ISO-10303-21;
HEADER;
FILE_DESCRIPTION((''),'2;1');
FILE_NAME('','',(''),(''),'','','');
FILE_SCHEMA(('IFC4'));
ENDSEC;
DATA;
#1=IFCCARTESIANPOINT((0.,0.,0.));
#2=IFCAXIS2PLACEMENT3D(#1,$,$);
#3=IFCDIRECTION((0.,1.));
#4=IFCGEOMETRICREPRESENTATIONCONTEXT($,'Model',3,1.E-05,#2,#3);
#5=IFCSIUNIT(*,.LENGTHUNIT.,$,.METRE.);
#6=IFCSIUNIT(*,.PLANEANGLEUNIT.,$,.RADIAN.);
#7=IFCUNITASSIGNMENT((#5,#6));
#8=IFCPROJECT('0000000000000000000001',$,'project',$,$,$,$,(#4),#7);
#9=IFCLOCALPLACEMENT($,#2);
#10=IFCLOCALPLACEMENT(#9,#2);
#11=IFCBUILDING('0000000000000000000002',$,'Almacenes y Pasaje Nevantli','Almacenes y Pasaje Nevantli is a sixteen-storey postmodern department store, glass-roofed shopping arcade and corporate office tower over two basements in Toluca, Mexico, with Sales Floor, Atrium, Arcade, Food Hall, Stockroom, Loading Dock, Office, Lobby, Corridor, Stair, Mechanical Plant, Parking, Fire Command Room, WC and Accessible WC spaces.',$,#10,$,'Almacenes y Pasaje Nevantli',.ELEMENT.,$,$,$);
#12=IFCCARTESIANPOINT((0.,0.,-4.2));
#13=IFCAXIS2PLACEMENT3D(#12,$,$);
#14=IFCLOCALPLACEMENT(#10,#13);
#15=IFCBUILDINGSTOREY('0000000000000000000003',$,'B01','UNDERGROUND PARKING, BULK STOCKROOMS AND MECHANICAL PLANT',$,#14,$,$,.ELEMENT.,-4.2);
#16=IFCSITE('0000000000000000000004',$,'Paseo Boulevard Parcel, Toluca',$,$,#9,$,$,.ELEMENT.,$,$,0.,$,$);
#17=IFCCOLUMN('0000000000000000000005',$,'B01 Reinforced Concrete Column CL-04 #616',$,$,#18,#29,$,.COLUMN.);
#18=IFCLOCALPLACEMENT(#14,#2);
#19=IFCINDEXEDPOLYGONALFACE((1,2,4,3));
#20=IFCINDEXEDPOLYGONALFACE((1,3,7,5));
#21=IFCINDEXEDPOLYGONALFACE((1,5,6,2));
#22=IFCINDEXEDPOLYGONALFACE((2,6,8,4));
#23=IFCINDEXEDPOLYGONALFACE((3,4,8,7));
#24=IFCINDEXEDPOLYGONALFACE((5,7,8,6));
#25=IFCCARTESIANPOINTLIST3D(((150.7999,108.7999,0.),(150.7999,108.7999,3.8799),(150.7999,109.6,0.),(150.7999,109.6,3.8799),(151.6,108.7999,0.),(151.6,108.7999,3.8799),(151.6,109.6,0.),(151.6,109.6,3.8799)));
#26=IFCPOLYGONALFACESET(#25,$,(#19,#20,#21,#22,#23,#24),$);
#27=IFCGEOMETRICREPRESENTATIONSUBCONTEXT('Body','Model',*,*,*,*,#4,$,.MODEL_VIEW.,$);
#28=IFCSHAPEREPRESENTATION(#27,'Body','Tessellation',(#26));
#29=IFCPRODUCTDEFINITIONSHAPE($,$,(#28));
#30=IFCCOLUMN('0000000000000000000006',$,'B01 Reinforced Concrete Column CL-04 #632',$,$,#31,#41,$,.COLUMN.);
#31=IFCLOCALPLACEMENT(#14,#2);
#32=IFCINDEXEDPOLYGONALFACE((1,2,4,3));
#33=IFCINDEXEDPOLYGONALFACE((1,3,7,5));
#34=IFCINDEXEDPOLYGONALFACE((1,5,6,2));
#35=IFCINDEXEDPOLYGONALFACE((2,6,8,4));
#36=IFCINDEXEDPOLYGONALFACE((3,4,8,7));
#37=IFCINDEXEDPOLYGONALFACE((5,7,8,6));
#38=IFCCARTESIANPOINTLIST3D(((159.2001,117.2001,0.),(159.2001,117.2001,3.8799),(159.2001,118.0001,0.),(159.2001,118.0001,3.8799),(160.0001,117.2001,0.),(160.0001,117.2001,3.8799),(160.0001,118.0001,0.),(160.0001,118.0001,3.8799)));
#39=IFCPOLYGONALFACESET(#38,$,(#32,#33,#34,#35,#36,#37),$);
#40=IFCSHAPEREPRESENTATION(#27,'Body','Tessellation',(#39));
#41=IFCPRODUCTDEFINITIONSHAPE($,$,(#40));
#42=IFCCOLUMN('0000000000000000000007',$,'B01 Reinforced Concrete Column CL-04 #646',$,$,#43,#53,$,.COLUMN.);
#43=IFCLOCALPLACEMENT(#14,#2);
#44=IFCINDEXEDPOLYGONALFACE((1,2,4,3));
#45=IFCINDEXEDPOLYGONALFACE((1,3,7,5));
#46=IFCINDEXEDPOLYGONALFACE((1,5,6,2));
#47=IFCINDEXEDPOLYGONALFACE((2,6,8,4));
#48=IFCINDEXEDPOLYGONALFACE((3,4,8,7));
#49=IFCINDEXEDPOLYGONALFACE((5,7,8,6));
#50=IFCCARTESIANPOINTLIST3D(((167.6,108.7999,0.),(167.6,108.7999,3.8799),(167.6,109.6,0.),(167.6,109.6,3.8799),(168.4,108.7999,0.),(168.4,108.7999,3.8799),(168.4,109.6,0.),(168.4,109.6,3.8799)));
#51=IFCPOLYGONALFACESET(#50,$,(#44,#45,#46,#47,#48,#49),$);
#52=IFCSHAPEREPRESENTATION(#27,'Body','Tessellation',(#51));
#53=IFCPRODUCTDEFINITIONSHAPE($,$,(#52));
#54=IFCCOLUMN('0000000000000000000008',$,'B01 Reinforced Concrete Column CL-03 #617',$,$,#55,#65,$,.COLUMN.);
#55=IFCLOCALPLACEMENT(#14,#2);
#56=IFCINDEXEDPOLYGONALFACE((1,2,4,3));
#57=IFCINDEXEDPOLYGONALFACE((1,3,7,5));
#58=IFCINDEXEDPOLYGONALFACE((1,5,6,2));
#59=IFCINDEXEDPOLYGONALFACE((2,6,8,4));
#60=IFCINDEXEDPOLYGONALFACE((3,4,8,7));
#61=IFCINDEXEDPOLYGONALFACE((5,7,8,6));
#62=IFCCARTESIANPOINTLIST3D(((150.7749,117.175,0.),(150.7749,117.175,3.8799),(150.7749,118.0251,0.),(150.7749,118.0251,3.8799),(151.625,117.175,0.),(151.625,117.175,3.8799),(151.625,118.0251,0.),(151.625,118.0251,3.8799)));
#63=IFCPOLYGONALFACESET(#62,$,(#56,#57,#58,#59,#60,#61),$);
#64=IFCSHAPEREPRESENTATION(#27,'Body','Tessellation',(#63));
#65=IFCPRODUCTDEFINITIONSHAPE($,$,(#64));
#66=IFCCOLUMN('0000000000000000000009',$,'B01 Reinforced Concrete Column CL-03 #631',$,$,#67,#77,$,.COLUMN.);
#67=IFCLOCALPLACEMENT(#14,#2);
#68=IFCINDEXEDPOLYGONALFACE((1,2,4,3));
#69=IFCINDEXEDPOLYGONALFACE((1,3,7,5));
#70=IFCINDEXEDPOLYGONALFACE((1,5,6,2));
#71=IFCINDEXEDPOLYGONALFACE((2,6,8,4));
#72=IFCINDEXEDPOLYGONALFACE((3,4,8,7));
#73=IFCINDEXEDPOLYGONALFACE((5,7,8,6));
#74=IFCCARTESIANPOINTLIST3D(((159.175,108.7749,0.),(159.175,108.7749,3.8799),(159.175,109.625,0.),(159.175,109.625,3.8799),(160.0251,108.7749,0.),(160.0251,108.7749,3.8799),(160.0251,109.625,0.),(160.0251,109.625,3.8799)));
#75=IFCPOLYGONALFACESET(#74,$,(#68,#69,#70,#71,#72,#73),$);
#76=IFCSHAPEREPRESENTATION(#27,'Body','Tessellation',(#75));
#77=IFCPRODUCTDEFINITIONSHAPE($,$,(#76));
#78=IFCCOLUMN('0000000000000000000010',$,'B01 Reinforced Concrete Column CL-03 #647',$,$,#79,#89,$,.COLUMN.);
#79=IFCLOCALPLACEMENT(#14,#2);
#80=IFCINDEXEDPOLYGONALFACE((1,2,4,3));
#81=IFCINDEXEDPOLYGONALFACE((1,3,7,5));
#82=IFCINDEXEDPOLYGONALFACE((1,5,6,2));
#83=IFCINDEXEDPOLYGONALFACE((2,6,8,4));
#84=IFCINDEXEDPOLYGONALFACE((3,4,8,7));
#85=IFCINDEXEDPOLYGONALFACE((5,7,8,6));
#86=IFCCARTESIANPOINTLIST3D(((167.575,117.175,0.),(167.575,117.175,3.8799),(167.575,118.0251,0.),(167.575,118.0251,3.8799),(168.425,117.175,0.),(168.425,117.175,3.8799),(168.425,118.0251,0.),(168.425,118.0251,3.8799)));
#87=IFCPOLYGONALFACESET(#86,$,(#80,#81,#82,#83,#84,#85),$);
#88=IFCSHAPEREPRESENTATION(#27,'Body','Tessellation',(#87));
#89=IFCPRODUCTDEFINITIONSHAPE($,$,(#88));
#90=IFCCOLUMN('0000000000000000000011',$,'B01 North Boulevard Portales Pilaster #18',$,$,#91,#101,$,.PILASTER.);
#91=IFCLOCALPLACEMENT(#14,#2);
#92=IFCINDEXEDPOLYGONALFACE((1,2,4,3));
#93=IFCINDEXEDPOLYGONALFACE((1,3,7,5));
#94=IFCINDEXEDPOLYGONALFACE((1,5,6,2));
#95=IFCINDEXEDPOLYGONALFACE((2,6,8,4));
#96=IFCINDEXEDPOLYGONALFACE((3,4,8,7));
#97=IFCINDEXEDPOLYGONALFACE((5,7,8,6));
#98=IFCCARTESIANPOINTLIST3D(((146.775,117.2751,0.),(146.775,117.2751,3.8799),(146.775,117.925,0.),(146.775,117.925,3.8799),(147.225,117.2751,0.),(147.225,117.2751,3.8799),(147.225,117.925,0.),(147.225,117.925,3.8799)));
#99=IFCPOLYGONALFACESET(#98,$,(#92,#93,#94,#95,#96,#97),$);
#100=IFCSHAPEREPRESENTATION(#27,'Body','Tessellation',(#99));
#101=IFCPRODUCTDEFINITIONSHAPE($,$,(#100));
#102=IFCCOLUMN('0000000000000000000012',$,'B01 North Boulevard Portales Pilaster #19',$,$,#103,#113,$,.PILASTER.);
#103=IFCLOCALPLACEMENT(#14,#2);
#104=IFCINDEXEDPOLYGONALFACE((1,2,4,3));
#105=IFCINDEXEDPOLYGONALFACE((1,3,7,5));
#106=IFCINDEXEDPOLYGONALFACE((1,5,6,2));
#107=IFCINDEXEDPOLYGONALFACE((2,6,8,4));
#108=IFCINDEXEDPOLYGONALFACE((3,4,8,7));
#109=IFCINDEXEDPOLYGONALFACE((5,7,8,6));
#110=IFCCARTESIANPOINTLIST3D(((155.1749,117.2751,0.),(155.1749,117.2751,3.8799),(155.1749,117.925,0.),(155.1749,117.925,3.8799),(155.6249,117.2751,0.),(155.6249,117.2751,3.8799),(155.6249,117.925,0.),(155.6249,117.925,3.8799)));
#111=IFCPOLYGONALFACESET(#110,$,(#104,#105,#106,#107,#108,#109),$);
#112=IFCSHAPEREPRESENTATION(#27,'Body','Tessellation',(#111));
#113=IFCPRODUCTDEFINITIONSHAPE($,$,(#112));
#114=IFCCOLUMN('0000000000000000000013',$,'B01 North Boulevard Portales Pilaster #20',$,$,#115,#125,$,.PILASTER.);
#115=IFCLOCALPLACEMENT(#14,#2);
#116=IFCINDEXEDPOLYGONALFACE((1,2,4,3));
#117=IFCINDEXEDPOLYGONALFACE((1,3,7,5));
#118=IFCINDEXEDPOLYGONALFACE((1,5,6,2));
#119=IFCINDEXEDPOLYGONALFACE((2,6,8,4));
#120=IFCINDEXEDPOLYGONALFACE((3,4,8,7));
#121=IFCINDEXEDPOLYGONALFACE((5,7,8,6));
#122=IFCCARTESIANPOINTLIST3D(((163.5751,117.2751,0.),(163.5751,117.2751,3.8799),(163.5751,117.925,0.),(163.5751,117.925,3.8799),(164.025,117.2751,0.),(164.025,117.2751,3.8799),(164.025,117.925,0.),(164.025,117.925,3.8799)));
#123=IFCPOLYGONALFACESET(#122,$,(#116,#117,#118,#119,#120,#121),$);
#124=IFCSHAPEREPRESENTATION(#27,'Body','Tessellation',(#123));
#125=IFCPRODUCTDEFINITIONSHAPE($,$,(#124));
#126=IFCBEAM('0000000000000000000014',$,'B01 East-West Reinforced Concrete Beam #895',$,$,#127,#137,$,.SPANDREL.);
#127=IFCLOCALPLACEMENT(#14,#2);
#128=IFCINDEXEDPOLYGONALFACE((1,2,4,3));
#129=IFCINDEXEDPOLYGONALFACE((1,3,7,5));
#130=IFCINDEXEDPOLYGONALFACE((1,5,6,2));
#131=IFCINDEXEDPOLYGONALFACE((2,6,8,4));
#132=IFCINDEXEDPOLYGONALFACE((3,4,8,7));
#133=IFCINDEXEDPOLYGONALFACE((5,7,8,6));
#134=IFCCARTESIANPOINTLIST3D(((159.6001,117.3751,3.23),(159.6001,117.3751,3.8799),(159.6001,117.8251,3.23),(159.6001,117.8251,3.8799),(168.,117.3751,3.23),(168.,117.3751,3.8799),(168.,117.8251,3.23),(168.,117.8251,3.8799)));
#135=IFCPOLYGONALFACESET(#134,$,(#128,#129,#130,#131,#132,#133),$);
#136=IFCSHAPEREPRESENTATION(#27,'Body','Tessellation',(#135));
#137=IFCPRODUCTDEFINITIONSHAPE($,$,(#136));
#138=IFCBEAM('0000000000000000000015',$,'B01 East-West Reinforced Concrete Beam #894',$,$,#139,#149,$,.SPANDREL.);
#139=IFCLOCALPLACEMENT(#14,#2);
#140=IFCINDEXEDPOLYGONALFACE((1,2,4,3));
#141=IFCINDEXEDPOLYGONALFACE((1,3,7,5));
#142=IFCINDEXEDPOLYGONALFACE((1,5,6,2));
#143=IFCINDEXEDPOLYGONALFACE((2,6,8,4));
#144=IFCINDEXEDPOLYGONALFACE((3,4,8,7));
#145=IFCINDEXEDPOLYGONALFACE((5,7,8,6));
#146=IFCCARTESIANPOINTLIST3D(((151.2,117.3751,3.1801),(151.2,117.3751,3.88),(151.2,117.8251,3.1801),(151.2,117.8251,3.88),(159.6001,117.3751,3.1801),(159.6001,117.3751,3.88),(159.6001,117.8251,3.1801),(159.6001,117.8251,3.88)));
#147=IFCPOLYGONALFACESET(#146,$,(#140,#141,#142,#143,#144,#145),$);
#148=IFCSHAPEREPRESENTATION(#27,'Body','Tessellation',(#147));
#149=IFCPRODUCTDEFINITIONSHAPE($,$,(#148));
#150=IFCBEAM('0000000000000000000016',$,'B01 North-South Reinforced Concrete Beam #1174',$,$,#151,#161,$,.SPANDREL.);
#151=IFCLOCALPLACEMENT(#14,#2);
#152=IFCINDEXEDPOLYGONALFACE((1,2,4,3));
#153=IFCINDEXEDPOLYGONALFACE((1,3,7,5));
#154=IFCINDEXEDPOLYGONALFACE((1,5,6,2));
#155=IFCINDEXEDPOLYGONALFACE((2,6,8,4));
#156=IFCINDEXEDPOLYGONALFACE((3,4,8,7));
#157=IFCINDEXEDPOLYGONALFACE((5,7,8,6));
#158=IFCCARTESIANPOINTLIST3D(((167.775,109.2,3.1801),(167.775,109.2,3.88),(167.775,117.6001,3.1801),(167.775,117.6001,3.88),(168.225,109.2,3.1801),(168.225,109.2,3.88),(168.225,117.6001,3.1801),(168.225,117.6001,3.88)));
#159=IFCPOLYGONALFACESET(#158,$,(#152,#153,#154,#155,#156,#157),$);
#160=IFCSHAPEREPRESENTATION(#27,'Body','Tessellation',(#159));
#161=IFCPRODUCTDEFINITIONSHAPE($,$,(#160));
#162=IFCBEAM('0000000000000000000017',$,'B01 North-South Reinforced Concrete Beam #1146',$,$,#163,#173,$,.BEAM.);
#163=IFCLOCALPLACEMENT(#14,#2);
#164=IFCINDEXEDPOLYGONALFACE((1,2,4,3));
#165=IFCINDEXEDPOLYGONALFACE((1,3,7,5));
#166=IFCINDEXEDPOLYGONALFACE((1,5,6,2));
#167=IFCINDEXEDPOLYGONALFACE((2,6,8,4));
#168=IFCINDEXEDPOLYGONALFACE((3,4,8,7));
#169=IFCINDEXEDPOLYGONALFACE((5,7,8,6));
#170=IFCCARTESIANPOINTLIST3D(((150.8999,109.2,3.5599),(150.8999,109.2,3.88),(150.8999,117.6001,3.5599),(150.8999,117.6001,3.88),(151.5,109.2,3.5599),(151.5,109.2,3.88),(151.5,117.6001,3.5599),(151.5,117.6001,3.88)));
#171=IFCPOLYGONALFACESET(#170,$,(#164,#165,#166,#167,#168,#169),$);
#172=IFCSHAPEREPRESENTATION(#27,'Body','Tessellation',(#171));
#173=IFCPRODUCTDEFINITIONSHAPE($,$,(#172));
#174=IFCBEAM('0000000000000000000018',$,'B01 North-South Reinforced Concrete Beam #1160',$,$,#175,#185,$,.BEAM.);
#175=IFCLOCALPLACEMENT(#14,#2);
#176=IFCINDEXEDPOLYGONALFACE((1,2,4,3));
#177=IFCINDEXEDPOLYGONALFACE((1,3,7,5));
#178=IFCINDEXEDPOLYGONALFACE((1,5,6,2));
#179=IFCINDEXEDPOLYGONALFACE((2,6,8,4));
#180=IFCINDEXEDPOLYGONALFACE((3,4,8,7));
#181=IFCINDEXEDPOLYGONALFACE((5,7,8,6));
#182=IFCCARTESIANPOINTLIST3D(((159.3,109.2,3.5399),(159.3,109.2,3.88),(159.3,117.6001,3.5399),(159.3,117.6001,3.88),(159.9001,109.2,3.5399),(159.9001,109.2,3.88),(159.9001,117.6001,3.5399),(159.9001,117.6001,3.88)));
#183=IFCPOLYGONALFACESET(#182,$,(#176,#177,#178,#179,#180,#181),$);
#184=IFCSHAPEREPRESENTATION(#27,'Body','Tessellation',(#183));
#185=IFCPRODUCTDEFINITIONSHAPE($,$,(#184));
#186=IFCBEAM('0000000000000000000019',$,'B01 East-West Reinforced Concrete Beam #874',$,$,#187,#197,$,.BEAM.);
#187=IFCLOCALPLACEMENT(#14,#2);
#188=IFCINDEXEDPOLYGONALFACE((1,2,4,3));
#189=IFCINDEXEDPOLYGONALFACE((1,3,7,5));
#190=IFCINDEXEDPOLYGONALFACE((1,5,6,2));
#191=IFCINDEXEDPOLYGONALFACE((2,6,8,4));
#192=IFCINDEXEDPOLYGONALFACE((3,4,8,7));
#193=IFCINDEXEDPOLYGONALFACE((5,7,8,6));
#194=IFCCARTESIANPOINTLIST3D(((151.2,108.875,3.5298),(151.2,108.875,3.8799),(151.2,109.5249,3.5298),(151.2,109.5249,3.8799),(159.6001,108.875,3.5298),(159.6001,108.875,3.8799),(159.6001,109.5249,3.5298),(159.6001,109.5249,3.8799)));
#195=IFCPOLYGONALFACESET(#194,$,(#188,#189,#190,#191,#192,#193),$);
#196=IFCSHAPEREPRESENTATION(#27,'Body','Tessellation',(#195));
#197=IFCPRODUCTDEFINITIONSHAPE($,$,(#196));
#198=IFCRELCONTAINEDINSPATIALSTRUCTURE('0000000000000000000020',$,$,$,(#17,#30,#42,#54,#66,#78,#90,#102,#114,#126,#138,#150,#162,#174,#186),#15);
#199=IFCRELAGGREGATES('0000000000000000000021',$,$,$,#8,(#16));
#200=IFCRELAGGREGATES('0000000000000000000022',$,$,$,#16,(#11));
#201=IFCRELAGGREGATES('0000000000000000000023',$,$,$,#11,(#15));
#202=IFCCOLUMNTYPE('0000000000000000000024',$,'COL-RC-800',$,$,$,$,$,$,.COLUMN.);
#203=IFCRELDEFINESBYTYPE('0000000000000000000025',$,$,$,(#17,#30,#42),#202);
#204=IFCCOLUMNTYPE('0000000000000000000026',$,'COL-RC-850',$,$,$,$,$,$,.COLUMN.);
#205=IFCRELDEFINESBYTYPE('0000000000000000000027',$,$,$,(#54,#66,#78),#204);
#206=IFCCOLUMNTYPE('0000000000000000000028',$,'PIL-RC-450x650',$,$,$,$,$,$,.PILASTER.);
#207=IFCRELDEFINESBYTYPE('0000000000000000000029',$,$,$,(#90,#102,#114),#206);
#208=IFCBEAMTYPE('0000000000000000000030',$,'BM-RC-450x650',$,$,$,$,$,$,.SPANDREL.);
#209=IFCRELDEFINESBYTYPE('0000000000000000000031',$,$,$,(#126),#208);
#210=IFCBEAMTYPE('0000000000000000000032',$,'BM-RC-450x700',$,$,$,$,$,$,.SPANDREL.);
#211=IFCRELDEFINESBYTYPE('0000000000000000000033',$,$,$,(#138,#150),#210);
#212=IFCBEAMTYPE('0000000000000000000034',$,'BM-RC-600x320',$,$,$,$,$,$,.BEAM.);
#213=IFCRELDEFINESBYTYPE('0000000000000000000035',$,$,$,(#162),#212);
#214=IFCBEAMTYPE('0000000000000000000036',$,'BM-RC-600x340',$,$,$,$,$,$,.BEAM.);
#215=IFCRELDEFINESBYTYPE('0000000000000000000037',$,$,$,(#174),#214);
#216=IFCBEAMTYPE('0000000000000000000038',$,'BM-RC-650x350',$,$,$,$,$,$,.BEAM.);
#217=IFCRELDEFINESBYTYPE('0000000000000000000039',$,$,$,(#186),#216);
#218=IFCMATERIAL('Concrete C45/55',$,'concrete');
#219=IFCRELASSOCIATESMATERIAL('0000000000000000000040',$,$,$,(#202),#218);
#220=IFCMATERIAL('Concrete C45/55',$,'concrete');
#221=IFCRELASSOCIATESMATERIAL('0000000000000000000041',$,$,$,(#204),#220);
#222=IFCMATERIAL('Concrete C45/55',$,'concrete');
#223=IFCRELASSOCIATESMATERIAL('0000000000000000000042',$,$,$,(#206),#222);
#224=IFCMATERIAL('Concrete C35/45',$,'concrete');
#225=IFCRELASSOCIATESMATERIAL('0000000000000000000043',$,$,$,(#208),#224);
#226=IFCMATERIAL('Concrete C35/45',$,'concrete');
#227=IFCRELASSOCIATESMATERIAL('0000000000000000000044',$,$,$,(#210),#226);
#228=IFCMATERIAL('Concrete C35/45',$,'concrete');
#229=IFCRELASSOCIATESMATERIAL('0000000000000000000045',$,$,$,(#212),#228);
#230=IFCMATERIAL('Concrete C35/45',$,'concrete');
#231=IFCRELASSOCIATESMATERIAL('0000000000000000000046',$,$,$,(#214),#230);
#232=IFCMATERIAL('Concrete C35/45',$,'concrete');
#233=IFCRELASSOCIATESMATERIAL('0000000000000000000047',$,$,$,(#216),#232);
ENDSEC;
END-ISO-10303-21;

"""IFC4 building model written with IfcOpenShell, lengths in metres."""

from ifc_helpers import new_model, si_unit, direction, frame, origin, origin_2d, place, context, subcontext, project, spatial, rectangle, extrude, material, material_profile, profile_set, type_object, element, save


model = new_model("IFC4")

# Units and contexts
model_context = context("Model", 3, precision=1e-05, world=origin(), true_north=direction((0.0, 1.0)))
body_context = subcontext(model_context, "Body", "Model", "MODEL_VIEW")
ifc_project = project(units=[si_unit("LENGTHUNIT", "METRE"), si_unit("PLANEANGLEUNIT", "RADIAN")], contexts=[model_context])

# Site, building, storey
site_placement = place(None, origin())
site = spatial("IfcSite", under=ifc_project, at=site_placement, Name="Paseo Boulevard Parcel, Toluca", CompositionType="ELEMENT", RefElevation=0.0)
building_placement = place(site_placement, origin())
building = spatial("IfcBuilding", under=site, at=building_placement, Name="Almacenes y Pasaje Nevantli", Description="Almacenes y Pasaje Nevantli is a sixteen-storey postmodern department store, glass-roofed shopping arcade and corporate office tower over two basements in Toluca, Mexico, with Sales Floor, Atrium, Arcade, Food Hall, Stockroom, Loading Dock, Office, Lobby, Corridor, Stair, Mechanical Plant, Parking, Fire Command Room, WC and Accessible WC spaces.", LongName="Almacenes y Pasaje Nevantli", CompositionType="ELEMENT")
storey_placement = place(building_placement, frame((0.0, 0.0, -4.2)))
storey = spatial("IfcBuildingStorey", under=building, at=storey_placement, Name="B01", Description="UNDERGROUND PARKING, BULK STOCKROOMS AND MECHANICAL PLANT", CompositionType="ELEMENT", Elevation=-4.2)

# Columns
ifc_material_1 = material(Name="Concrete C45/55", Category="concrete")
ifc_material_profile_1 = material_profile(ifc_material_1, rectangle(XDim=0.8, YDim=0.8, at=origin_2d()), Name="RC-COL-800x800")
ifc_profile_set_1 = profile_set([ifc_material_profile_1], Name="Concrete C45/55")
column_type_1 = type_object("IfcColumnType", Name="COL-RC-800", PredefinedType="COLUMN", material=ifc_profile_set_1)
for number, where, z_axis, x_axis, name in (
    (1, (151.2, 109.2, 0.0), (0.0, 0.0, 1.0), (1.0, 0.0, 0.0), "B01 Reinforced Concrete Column CL-04 #616"),
    (2, (159.6001, 117.6001, 0.0), (0.0, 0.0, 1.0), (1.0, 0.0, 0.0), "B01 Reinforced Concrete Column CL-04 #632"),
    (3, (168.0, 109.2, 0.0), (0.0, 0.0, 1.0), (1.0, 0.0, 0.0), "B01 Reinforced Concrete Column CL-04 #646"),
):
    element("IfcColumn", number, at=place(storey_placement, frame(where, z_axis=z_axis, x_axis=x_axis)), inside=storey, type_object=column_type_1, Name=name, PredefinedType="COLUMN", context=body_context, shape_type="SweptSolid", body=[
        extrude(rectangle(XDim=0.8, YDim=0.8, at=origin_2d()), origin(), (0.0, 0.0, 1.0), 3.8799),
    ])
ifc_material_2 = material(Name="Concrete C45/55", Category="concrete")
ifc_material_profile_2 = material_profile(ifc_material_2, rectangle(XDim=0.8501, YDim=0.8501, at=origin_2d()), Name="RC-COL-850x850")
ifc_profile_set_2 = profile_set([ifc_material_profile_2], Name="Concrete C45/55")
column_type_2 = type_object("IfcColumnType", Name="COL-RC-850", PredefinedType="COLUMN", material=ifc_profile_set_2)
for number, where, z_axis, x_axis, name in (
    (4, (151.2, 117.6001, 0.0), (0.0, 0.0, 1.0), (1.0, 0.0, 0.0), "B01 Reinforced Concrete Column CL-03 #617"),
    (5, (159.6001, 109.2, 0.0), (0.0, 0.0, 1.0), (1.0, 0.0, 0.0), "B01 Reinforced Concrete Column CL-03 #631"),
    (6, (168.0, 117.6001, 0.0), (0.0, 0.0, 1.0), (1.0, 0.0, 0.0), "B01 Reinforced Concrete Column CL-03 #647"),
):
    element("IfcColumn", number, at=place(storey_placement, frame(where, z_axis=z_axis, x_axis=x_axis)), inside=storey, type_object=column_type_2, Name=name, PredefinedType="COLUMN", context=body_context, shape_type="SweptSolid", body=[
        extrude(rectangle(XDim=0.8501, YDim=0.8501, at=origin_2d()), origin(), (0.0, 0.0, 1.0), 3.8799),
    ])
ifc_material_3 = material(Name="Concrete C45/55", Category="concrete")
ifc_material_profile_3 = material_profile(ifc_material_3, rectangle(XDim=0.45, YDim=0.6499, at=origin_2d()), Name="RC-PIL-450x650")
ifc_profile_set_3 = profile_set([ifc_material_profile_3], Name="Concrete C45/55")
column_type_3 = type_object("IfcColumnType", Name="PIL-RC-450x650", PredefinedType="PILASTER", material=ifc_profile_set_3)
for number, where, z_axis, x_axis, name in (
    (7, (147.0, 117.6001, 0.0), (0.0, 0.0, 1.0), (1.0, 0.0, 0.0), "B01 North Boulevard Portales Pilaster #18"),
    (8, (155.3999, 117.6001, 0.0), (0.0, 0.0, 1.0), (1.0, 0.0, 0.0), "B01 North Boulevard Portales Pilaster #19"),
    (9, (163.8, 117.6001, 0.0), (0.0, 0.0, 1.0), (1.0, 0.0, 0.0), "B01 North Boulevard Portales Pilaster #20"),
):
    element("IfcColumn", number, at=place(storey_placement, frame(where, z_axis=z_axis, x_axis=x_axis)), inside=storey, type_object=column_type_3, Name=name, PredefinedType="PILASTER", context=body_context, shape_type="SweptSolid", body=[
        extrude(rectangle(XDim=0.45, YDim=0.6499, at=origin_2d()), origin(), (0.0, 0.0, 1.0), 3.8799),
    ])

# Beams
ifc_material_4 = material(Name="Concrete C35/45", Category="concrete")
ifc_material_profile_4 = material_profile(ifc_material_4, rectangle(XDim=0.45, YDim=0.6499, at=origin_2d()), Name="RC-BM-450x650")
ifc_profile_set_4 = profile_set([ifc_material_profile_4], Name="Concrete C35/45")
beam_type_1 = type_object("IfcBeamType", Name="BM-RC-450x650", PredefinedType="SPANDREL", material=ifc_profile_set_4)
beam_1_placement = place(storey_placement, frame((159.6001, 117.6001, 3.5549), z_axis=(1.0, 0.0, 0.0), x_axis=(0.0, 1.0, 0.0)))
element("IfcBeam", 10, at=beam_1_placement, inside=storey, type_object=beam_type_1, Name="B01 East-West Reinforced Concrete Beam #895", PredefinedType="SPANDREL", context=body_context, shape_type="SweptSolid", body=[
    extrude(rectangle(XDim=0.45, YDim=0.6499, at=origin_2d()), origin(), (0.0, 0.0, 1.0), 8.3999),
])
ifc_material_5 = material(Name="Concrete C35/45", Category="concrete")
ifc_material_profile_5 = material_profile(ifc_material_5, rectangle(XDim=0.45, YDim=0.7, at=origin_2d()), Name="RC-BM-450x700")
ifc_profile_set_5 = profile_set([ifc_material_profile_5], Name="Concrete C35/45")
beam_type_2 = type_object("IfcBeamType", Name="BM-RC-450x700", PredefinedType="SPANDREL", material=ifc_profile_set_5)
for number, where, z_axis, x_axis, name in (
    (11, (151.2, 117.6001, 3.53), (1.0, 0.0, 0.0), (0.0, 1.0, 0.0), "B01 East-West Reinforced Concrete Beam #894"),
    (12, (168.0, 109.2, 3.53), (0.0, 1.0, 0.0), (-1.0, 0.0, 0.0), "B01 North-South Reinforced Concrete Beam #1174"),
):
    element("IfcBeam", number, at=place(storey_placement, frame(where, z_axis=z_axis, x_axis=x_axis)), inside=storey, type_object=beam_type_2, Name=name, PredefinedType="SPANDREL", context=body_context, shape_type="SweptSolid", body=[
        extrude(rectangle(XDim=0.45, YDim=0.7, at=origin_2d()), origin(), (0.0, 0.0, 1.0), 8.4001),
    ])
ifc_material_6 = material(Name="Concrete C35/45", Category="concrete")
ifc_material_profile_6 = material_profile(ifc_material_6, rectangle(XDim=0.6001, YDim=0.3201, at=origin_2d()), Name="RC-BM-600x320")
ifc_profile_set_6 = profile_set([ifc_material_profile_6], Name="Concrete C35/45")
beam_type_3 = type_object("IfcBeamType", Name="BM-RC-600x320", PredefinedType="BEAM", material=ifc_profile_set_6)
beam_2_placement = place(storey_placement, frame((151.2, 109.2, 3.72), z_axis=(0.0, 1.0, 0.0), x_axis=(-1.0, 0.0, 0.0)))
element("IfcBeam", 13, at=beam_2_placement, inside=storey, type_object=beam_type_3, Name="B01 North-South Reinforced Concrete Beam #1146", PredefinedType="BEAM", context=body_context, shape_type="SweptSolid", body=[
    extrude(rectangle(XDim=0.6001, YDim=0.3201, at=origin_2d()), origin(), (0.0, 0.0, 1.0), 8.4001),
])
ifc_material_7 = material(Name="Concrete C35/45", Category="concrete")
ifc_material_profile_7 = material_profile(ifc_material_7, rectangle(XDim=0.6001, YDim=0.3401, at=origin_2d()), Name="RC-BM-600x340")
ifc_profile_set_7 = profile_set([ifc_material_profile_7], Name="Concrete C35/45")
beam_type_4 = type_object("IfcBeamType", Name="BM-RC-600x340", PredefinedType="BEAM", material=ifc_profile_set_7)
beam_3_placement = place(storey_placement, frame((159.6001, 109.2, 3.71), z_axis=(0.0, 1.0, 0.0), x_axis=(-1.0, 0.0, 0.0)))
element("IfcBeam", 14, at=beam_3_placement, inside=storey, type_object=beam_type_4, Name="B01 North-South Reinforced Concrete Beam #1160", PredefinedType="BEAM", context=body_context, shape_type="SweptSolid", body=[
    extrude(rectangle(XDim=0.6001, YDim=0.3401, at=origin_2d()), origin(), (0.0, 0.0, 1.0), 8.4001),
])
ifc_material_8 = material(Name="Concrete C35/45", Category="concrete")
ifc_material_profile_8 = material_profile(ifc_material_8, rectangle(XDim=0.6499, YDim=0.3501, at=origin_2d()), Name="RC-BM-650x350")
ifc_profile_set_8 = profile_set([ifc_material_profile_8], Name="Concrete C35/45")
beam_type_5 = type_object("IfcBeamType", Name="BM-RC-650x350", PredefinedType="BEAM", material=ifc_profile_set_8)
beam_4_placement = place(storey_placement, frame((151.2, 109.2, 3.7048), z_axis=(1.0, 0.0, 0.0), x_axis=(0.0, 1.0, 0.0)))
element("IfcBeam", 15, at=beam_4_placement, inside=storey, type_object=beam_type_5, Name="B01 East-West Reinforced Concrete Beam #874", PredefinedType="BEAM", context=body_context, shape_type="SweptSolid", body=[
    extrude(rectangle(XDim=0.6499, YDim=0.3501, at=origin_2d()), origin(), (0.0, 0.0, 1.0), 8.4001),
])

save(model, "model.ifc")
